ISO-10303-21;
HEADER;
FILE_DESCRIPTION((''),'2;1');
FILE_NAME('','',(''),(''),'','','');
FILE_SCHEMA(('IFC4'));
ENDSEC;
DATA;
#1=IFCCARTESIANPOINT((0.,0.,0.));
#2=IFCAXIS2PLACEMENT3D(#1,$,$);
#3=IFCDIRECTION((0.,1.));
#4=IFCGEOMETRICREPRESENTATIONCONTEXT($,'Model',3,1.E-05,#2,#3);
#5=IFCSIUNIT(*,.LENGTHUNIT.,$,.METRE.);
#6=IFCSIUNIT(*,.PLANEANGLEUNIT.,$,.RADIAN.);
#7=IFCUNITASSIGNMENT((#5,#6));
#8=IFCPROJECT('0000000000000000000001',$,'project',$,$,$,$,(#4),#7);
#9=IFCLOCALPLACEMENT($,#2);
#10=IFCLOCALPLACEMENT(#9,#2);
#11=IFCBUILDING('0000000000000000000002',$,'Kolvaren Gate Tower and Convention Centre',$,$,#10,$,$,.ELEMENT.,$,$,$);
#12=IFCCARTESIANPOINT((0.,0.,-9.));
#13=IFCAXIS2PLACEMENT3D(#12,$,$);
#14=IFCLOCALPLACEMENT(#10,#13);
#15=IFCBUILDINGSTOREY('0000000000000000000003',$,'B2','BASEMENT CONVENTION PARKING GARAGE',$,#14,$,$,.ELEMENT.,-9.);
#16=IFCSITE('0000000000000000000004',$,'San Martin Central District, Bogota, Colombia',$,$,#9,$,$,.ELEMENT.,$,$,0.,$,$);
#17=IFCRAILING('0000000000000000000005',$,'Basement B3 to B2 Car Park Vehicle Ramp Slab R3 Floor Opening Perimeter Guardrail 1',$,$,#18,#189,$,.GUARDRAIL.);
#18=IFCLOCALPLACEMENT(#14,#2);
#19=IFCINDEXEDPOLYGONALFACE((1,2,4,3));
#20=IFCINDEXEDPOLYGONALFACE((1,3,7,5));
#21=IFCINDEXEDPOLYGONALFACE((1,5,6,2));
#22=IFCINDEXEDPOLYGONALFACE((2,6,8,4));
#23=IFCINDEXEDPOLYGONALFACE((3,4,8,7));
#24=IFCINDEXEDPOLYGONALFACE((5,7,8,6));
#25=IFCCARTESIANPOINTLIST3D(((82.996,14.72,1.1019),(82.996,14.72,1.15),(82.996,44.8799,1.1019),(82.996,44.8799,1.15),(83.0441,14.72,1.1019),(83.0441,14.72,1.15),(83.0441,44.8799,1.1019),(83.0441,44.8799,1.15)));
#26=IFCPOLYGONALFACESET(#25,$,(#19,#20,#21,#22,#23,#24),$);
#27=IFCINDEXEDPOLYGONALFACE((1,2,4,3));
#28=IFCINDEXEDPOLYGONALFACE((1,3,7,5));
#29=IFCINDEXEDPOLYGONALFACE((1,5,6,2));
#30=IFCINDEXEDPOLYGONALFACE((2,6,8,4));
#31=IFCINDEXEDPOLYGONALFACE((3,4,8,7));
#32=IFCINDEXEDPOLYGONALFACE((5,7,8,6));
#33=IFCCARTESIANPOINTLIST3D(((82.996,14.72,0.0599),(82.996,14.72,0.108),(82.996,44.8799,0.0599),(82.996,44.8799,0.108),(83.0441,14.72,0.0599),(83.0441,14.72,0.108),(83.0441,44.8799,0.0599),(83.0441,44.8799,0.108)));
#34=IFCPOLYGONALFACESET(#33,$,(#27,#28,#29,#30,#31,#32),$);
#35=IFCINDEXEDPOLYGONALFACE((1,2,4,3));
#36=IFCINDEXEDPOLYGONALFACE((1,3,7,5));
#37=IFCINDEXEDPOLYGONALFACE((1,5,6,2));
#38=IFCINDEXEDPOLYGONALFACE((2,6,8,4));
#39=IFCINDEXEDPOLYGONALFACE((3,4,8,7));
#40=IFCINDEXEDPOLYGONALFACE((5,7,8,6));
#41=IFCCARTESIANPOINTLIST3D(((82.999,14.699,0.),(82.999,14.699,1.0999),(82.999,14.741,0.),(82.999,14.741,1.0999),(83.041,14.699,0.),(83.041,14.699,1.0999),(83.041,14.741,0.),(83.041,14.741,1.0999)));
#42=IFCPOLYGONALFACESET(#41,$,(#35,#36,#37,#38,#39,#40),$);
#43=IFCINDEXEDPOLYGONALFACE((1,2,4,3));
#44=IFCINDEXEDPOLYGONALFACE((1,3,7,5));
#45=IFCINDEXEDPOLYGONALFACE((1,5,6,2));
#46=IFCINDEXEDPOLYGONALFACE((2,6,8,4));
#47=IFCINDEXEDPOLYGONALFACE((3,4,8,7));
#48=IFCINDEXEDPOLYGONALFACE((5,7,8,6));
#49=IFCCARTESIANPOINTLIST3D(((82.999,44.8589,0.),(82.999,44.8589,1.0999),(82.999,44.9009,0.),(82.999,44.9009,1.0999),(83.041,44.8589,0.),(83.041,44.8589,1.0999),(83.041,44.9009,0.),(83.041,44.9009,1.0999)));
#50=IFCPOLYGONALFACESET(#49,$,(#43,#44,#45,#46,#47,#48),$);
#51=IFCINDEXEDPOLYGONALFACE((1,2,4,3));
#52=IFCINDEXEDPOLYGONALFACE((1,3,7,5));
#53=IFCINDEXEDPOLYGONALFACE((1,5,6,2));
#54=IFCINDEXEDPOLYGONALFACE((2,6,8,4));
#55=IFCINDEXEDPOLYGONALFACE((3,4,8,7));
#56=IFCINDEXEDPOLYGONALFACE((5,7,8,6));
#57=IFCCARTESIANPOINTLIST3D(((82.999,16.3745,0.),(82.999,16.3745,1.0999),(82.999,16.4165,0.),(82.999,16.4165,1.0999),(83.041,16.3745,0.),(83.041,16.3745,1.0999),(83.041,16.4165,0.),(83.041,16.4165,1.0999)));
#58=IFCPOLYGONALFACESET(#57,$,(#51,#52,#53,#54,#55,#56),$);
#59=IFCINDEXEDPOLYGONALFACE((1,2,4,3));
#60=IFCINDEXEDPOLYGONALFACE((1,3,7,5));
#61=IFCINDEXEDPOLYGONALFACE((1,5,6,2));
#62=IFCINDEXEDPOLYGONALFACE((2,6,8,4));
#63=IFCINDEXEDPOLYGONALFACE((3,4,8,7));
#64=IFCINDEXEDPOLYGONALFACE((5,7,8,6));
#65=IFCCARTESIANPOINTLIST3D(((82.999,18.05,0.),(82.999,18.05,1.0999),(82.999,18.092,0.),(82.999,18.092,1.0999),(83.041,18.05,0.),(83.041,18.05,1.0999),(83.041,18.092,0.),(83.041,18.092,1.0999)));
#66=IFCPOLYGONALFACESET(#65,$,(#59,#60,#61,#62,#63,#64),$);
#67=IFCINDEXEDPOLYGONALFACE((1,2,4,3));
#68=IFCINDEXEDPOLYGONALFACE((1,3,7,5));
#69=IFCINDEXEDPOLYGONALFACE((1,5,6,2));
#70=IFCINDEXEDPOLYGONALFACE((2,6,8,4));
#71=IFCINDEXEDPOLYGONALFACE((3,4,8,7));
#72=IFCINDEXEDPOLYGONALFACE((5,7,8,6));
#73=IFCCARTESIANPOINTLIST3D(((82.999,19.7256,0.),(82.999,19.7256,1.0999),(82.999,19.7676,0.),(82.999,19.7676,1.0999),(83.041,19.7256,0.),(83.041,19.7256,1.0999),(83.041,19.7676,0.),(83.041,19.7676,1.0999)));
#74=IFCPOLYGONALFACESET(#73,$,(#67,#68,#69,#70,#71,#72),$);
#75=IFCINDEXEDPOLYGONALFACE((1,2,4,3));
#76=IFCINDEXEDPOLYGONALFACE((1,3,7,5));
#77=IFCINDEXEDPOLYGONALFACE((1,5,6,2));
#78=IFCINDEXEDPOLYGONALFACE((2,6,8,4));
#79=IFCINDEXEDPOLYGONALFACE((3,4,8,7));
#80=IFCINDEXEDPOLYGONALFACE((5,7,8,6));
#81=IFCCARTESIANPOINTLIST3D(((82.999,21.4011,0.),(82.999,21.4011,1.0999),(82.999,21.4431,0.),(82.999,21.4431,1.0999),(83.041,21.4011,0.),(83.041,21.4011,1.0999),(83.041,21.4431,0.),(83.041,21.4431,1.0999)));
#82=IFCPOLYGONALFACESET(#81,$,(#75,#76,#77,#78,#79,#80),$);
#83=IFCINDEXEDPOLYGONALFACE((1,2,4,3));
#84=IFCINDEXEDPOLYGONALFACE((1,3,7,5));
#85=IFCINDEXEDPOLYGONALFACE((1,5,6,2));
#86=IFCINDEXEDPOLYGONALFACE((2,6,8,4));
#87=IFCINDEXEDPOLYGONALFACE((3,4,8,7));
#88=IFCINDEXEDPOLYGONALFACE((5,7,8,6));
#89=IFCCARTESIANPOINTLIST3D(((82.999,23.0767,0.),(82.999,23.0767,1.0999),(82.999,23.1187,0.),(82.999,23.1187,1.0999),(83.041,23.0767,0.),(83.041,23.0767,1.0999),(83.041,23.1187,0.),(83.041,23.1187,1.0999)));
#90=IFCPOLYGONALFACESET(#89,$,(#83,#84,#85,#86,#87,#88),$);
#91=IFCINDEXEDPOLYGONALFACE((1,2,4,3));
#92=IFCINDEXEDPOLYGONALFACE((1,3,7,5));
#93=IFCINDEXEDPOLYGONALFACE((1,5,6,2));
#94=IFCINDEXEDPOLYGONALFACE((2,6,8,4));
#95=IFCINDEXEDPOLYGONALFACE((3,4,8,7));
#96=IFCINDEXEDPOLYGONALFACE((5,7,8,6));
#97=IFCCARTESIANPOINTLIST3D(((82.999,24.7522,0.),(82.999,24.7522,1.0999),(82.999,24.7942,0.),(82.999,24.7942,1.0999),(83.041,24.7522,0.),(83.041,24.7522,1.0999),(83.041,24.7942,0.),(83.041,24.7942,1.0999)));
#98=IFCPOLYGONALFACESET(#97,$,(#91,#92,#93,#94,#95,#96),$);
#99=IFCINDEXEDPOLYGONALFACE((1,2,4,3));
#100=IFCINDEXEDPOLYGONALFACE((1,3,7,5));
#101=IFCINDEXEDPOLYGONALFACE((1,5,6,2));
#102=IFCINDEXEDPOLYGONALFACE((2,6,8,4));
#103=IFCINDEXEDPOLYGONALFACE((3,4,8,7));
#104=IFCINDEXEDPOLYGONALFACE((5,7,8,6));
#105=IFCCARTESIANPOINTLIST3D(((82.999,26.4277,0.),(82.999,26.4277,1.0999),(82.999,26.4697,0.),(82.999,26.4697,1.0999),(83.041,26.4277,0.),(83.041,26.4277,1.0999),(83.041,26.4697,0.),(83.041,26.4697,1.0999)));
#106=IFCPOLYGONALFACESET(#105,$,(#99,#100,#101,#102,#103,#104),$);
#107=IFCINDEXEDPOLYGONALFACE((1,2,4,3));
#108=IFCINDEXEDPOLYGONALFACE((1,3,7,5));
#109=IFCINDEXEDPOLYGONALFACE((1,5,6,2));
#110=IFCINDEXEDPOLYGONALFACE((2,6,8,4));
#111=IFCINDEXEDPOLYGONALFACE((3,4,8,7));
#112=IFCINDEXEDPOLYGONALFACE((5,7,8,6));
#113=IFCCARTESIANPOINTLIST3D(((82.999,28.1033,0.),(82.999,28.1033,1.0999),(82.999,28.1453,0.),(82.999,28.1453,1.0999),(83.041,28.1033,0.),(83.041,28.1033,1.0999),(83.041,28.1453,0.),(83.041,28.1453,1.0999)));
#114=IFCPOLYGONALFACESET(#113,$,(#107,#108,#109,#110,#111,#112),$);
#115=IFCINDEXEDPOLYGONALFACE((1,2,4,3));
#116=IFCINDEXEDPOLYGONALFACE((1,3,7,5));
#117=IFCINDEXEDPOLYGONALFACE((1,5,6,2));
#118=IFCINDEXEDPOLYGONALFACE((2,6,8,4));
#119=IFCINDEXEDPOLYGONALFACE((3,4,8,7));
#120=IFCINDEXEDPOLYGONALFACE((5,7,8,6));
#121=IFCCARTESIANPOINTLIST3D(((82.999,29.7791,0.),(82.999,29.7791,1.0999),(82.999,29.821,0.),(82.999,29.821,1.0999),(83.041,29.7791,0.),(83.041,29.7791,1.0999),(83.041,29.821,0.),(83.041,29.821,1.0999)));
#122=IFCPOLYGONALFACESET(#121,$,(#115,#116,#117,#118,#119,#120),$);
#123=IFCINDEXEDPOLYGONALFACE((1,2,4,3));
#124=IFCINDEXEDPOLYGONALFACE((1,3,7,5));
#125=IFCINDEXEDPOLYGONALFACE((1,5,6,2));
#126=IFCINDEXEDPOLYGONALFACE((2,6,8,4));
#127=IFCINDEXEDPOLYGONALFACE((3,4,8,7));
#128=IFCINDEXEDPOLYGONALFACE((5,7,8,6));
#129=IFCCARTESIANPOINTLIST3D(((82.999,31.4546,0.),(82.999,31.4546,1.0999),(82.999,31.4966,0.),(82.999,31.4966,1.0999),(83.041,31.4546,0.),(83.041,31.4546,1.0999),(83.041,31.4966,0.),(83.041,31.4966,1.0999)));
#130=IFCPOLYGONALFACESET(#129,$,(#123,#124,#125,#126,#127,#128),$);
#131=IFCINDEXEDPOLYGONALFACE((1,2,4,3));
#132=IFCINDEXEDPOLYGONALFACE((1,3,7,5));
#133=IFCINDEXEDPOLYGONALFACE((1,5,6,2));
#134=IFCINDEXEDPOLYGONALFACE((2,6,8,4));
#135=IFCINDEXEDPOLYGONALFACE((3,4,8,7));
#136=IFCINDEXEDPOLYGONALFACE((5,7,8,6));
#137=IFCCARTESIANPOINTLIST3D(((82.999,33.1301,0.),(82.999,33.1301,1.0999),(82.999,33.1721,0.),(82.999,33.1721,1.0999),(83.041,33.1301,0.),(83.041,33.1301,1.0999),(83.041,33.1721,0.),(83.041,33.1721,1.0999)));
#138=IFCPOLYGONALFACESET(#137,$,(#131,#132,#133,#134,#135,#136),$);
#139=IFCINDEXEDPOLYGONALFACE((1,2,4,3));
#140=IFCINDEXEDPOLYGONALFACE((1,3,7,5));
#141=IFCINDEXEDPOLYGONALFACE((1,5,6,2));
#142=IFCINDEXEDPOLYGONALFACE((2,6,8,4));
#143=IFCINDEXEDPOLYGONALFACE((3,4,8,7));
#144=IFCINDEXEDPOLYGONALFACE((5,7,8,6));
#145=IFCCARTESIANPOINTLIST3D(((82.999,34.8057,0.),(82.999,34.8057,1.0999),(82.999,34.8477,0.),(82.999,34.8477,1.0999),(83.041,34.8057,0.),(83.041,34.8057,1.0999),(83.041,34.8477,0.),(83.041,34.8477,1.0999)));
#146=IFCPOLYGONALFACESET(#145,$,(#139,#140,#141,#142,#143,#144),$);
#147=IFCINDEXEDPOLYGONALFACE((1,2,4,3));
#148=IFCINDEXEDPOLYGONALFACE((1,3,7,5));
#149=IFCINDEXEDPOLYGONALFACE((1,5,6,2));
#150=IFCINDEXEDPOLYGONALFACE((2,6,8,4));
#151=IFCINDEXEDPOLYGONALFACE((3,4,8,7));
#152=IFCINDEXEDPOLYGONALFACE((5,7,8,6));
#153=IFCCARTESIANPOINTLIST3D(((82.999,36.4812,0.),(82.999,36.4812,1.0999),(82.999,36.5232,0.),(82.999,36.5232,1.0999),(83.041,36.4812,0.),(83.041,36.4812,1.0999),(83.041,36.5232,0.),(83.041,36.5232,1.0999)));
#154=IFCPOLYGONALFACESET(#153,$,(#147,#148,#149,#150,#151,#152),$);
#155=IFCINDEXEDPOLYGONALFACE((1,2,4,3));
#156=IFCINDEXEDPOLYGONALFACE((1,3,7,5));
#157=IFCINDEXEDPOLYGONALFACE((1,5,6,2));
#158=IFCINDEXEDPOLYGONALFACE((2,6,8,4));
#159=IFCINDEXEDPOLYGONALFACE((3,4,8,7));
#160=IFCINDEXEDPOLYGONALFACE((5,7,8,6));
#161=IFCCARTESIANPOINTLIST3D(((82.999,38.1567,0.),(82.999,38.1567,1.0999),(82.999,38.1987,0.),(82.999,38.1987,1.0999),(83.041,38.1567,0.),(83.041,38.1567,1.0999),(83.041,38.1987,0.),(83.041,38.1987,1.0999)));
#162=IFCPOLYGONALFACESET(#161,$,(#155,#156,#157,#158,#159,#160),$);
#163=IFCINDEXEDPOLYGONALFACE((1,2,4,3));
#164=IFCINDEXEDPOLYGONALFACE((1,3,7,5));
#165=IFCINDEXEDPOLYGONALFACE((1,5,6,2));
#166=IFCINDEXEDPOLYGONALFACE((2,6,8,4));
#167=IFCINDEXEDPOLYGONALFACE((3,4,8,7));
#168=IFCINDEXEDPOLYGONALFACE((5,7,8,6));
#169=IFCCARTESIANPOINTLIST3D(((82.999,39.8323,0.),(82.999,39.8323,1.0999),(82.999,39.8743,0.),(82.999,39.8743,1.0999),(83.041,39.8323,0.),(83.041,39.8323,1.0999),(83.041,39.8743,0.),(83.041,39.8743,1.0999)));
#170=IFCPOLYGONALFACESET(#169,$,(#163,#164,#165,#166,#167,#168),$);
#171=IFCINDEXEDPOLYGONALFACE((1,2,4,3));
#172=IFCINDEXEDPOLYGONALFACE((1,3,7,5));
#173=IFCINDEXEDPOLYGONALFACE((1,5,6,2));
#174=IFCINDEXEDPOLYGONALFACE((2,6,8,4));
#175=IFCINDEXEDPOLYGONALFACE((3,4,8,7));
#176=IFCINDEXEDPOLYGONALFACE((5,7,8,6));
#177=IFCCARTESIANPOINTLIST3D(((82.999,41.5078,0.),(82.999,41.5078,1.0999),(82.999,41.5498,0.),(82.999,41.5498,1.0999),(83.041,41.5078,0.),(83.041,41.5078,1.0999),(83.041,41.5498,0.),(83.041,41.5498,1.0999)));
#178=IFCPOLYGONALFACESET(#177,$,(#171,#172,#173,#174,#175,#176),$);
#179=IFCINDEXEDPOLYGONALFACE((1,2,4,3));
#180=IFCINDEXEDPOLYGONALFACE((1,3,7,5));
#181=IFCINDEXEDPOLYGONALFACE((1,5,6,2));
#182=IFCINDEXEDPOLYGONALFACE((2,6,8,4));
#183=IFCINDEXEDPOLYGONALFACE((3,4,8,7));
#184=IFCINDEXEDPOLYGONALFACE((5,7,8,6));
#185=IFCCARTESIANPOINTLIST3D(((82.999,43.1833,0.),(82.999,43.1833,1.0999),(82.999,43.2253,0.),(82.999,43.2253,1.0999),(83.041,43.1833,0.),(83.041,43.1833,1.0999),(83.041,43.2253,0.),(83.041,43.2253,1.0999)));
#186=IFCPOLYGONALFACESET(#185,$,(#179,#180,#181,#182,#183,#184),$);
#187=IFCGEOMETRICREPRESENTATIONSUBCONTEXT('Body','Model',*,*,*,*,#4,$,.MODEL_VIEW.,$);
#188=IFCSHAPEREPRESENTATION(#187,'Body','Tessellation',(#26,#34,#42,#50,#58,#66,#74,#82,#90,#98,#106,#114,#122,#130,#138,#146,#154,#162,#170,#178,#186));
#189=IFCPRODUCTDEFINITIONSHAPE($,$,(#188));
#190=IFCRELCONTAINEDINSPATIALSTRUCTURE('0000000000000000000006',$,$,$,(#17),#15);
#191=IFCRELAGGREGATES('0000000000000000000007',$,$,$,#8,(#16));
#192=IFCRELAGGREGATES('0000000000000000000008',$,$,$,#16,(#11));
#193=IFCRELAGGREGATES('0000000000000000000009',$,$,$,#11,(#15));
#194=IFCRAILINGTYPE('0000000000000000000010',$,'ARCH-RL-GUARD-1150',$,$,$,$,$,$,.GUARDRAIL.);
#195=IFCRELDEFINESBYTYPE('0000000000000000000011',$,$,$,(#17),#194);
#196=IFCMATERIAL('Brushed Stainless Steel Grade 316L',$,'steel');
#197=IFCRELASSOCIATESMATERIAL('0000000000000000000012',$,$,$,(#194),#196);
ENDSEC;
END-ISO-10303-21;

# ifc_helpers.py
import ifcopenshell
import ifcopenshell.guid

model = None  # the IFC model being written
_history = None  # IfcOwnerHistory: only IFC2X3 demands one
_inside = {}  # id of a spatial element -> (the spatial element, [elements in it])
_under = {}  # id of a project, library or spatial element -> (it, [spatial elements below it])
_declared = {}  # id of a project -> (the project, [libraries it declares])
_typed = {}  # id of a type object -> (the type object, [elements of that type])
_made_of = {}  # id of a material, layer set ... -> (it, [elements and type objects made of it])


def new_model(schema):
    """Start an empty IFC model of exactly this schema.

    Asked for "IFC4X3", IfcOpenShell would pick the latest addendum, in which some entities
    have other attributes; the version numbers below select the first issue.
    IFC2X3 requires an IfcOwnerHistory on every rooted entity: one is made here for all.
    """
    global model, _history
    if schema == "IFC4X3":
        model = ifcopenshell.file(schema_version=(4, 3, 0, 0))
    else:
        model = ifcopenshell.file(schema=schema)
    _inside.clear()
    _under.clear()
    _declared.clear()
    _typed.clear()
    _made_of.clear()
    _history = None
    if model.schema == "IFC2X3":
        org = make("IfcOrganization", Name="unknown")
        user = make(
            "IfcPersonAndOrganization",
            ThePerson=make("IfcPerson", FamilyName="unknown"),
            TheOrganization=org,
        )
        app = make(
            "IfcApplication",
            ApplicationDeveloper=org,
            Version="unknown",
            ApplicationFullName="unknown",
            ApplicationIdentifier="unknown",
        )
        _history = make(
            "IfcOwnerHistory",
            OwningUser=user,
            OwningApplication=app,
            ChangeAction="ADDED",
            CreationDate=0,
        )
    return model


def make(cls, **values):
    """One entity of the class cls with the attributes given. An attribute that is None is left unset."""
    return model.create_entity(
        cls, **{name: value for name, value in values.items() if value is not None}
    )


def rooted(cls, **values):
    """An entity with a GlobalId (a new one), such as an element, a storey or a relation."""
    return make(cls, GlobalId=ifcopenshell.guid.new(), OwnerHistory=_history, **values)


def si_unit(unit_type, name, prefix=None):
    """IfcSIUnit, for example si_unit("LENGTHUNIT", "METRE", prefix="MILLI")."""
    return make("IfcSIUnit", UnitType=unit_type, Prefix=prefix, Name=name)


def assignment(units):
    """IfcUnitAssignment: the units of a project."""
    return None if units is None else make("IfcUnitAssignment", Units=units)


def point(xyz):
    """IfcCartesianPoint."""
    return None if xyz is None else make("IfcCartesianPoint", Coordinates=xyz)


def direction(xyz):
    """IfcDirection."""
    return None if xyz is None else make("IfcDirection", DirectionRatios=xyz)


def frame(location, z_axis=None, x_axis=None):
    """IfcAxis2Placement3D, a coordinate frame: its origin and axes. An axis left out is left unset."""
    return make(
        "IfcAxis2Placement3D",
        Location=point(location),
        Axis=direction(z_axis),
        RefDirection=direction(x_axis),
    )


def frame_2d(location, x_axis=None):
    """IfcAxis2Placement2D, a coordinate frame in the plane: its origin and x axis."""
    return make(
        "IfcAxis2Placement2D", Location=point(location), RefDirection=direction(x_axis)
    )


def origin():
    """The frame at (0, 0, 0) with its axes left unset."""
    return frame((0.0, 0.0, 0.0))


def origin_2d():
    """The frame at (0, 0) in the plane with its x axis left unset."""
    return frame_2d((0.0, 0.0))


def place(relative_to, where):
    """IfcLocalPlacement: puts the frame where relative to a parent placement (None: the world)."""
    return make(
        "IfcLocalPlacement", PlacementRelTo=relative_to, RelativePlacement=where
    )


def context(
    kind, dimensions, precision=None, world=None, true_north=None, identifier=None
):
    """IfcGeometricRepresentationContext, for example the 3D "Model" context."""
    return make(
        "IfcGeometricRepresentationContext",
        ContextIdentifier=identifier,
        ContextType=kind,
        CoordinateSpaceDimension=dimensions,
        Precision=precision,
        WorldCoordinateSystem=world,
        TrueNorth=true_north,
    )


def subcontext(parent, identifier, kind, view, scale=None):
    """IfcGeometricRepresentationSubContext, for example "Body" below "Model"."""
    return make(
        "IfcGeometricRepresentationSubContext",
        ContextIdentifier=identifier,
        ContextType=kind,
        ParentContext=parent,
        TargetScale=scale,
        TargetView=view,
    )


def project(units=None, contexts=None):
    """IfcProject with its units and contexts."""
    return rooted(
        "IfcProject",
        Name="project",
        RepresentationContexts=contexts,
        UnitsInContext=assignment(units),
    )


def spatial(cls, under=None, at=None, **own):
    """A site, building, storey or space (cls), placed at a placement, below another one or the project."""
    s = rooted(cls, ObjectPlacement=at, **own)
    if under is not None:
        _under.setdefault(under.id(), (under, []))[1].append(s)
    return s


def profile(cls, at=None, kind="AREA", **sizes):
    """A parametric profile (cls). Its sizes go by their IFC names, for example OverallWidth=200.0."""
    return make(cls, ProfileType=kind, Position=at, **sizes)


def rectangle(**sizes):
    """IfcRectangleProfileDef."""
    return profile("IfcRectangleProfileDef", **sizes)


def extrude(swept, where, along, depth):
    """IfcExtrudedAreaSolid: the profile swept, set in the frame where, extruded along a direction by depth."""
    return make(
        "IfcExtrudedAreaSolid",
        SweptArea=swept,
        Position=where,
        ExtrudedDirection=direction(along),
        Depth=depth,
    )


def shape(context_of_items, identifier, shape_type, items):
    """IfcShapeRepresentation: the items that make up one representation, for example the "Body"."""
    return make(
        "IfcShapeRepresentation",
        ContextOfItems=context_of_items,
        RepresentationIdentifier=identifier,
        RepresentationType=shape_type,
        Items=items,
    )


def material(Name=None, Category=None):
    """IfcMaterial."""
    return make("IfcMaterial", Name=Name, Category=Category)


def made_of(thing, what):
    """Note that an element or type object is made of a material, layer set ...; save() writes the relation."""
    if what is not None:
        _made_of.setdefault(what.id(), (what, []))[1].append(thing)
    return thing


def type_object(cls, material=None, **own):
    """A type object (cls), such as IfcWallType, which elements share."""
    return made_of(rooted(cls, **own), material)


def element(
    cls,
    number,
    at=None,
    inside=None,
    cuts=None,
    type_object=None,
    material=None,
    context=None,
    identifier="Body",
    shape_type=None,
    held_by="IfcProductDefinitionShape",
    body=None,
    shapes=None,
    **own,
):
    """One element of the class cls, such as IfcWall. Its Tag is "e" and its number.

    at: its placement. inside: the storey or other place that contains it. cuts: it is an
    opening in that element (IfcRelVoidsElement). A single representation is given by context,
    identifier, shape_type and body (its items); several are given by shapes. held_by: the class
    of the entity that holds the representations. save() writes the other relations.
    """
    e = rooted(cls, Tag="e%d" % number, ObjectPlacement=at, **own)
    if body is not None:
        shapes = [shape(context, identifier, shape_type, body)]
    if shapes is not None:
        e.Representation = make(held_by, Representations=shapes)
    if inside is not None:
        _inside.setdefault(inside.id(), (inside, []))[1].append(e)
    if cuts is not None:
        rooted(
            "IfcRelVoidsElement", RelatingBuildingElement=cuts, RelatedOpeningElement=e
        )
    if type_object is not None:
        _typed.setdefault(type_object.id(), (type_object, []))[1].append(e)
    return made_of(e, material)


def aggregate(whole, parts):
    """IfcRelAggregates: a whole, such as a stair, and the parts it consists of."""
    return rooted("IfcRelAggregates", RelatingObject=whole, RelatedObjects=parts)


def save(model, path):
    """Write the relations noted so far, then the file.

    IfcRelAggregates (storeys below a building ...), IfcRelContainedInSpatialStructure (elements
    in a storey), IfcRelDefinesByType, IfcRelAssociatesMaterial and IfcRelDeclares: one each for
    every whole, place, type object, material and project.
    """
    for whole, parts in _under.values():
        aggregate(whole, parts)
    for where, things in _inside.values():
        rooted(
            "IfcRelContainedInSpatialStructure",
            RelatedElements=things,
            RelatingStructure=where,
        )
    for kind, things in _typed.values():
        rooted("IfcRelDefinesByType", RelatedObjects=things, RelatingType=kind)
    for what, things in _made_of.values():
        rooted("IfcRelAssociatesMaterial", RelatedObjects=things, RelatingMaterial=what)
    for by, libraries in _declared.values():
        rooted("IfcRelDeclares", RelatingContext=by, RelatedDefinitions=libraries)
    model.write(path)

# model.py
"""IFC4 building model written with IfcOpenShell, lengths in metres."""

from ifc_helpers import new_model, si_unit, direction, frame, origin, origin_2d, place, context, subcontext, project, spatial, rectangle, extrude, material, type_object, element, save


model = new_model("IFC4")

# Units and contexts
model_context = context("Model", 3, precision=1e-05, world=origin(), true_north=direction((0.0, 1.0)))
body_context = subcontext(model_context, "Body", "Model", "MODEL_VIEW")
ifc_project = project(units=[si_unit("LENGTHUNIT", "METRE"), si_unit("PLANEANGLEUNIT", "RADIAN")], contexts=[model_context])

# Site, building, storey
site_placement = place(None, origin())
site = spatial("IfcSite", under=ifc_project, at=site_placement, Name="San Martin Central District, Bogota, Colombia", CompositionType="ELEMENT", RefElevation=0.0)
building_placement = place(site_placement, origin())
building = spatial("IfcBuilding", under=site, at=building_placement, Name="Kolvaren Gate Tower and Convention Centre", CompositionType="ELEMENT")
storey_placement = place(building_placement, frame((0.0, 0.0, -9.0)))
storey = spatial("IfcBuildingStorey", under=building, at=storey_placement, Name="B2", Description="BASEMENT CONVENTION PARKING GARAGE", CompositionType="ELEMENT", Elevation=-9.0)

# Railing
ifc_material_1 = material(Name="Brushed Stainless Steel Grade 316L", Category="steel")
railing_type_1 = type_object("IfcRailingType", Name="ARCH-RL-GUARD-1150", PredefinedType="GUARDRAIL", material=ifc_material_1)
railing_1_placement = place(storey_placement, frame((83.02, 14.72, 0.0)))
element("IfcRailing", 1, at=railing_1_placement, inside=storey, type_object=railing_type_1, Name="Basement B3 to B2 Car Park Vehicle Ramp Slab R3 Floor Opening Perimeter Guardrail 1", PredefinedType="GUARDRAIL", context=body_context, shape_type="SweptSolid", body=[
    extrude(rectangle(XDim=0.0481, YDim=0.0481, at=origin_2d()), frame((0.0, 0.0, 1.126), z_axis=(0.0, 1.0, 0.0), x_axis=(-1.0, 0.0, 0.0)), (0.0, 0.0, 1.0), 30.1599),
    extrude(rectangle(XDim=0.0481, YDim=0.0481, at=origin_2d()), frame((0.0, 0.0, 0.084), z_axis=(0.0, 1.0, 0.0), x_axis=(-1.0, 0.0, 0.0)), (0.0, 0.0, 1.0), 30.1599),
    extrude(rectangle(XDim=0.042, YDim=0.042, at=origin_2d()), origin(), (0.0, 0.0, 1.0), 1.0999),
    extrude(rectangle(XDim=0.042, YDim=0.042, at=origin_2d()), frame((0.0, 30.1599, 0.0)), (0.0, 0.0, 1.0), 1.0999),
    extrude(rectangle(XDim=0.042, YDim=0.042, at=origin_2d()), frame((0.0, 1.6755, 0.0)), (0.0, 0.0, 1.0), 1.0999),
    extrude(rectangle(XDim=0.042, YDim=0.042, at=origin_2d()), frame((0.0, 3.3511, 0.0)), (0.0, 0.0, 1.0), 1.0999),
    extrude(rectangle(XDim=0.042, YDim=0.042, at=origin_2d()), frame((0.0, 5.0266, 0.0)), (0.0, 0.0, 1.0), 1.0999),
    extrude(rectangle(XDim=0.042, YDim=0.042, at=origin_2d()), frame((0.0, 6.7021, 0.0)), (0.0, 0.0, 1.0), 1.0999),
    extrude(rectangle(XDim=0.042, YDim=0.042, at=origin_2d()), frame((0.0, 8.3777, 0.0)), (0.0, 0.0, 1.0), 1.0999),
    extrude(rectangle(XDim=0.042, YDim=0.042, at=origin_2d()), frame((0.0, 10.0532, 0.0)), (0.0, 0.0, 1.0), 1.0999),
    extrude(rectangle(XDim=0.042, YDim=0.042, at=origin_2d()), frame((0.0, 11.7288, 0.0)), (0.0, 0.0, 1.0), 1.0999),
    extrude(rectangle(XDim=0.042, YDim=0.042, at=origin_2d()), frame((0.0, 13.4043, 0.0)), (0.0, 0.0, 1.0), 1.0999),
    extrude(rectangle(XDim=0.042, YDim=0.042, at=origin_2d()), frame((0.0, 15.0801, 0.0)), (0.0, 0.0, 1.0), 1.0999),
    extrude(rectangle(XDim=0.042, YDim=0.042, at=origin_2d()), frame((0.0, 16.7556, 0.0)), (0.0, 0.0, 1.0), 1.0999),
    extrude(rectangle(XDim=0.042, YDim=0.042, at=origin_2d()), frame((0.0, 18.4312, 0.0)), (0.0, 0.0, 1.0), 1.0999),
    extrude(rectangle(XDim=0.042, YDim=0.042, at=origin_2d()), frame((0.0, 20.1067, 0.0)), (0.0, 0.0, 1.0), 1.0999),
    extrude(rectangle(XDim=0.042, YDim=0.042, at=origin_2d()), frame((0.0, 21.7822, 0.0)), (0.0, 0.0, 1.0), 1.0999),
    extrude(rectangle(XDim=0.042, YDim=0.042, at=origin_2d()), frame((0.0, 23.4578, 0.0)), (0.0, 0.0, 1.0), 1.0999),
    extrude(rectangle(XDim=0.042, YDim=0.042, at=origin_2d()), frame((0.0, 25.1333, 0.0)), (0.0, 0.0, 1.0), 1.0999),
    extrude(rectangle(XDim=0.042, YDim=0.042, at=origin_2d()), frame((0.0, 26.8088, 0.0)), (0.0, 0.0, 1.0), 1.0999),
    extrude(rectangle(XDim=0.042, YDim=0.042, at=origin_2d()), frame((0.0, 28.4844, 0.0)), (0.0, 0.0, 1.0), 1.0999),
])

save(model, "model.ifc")
